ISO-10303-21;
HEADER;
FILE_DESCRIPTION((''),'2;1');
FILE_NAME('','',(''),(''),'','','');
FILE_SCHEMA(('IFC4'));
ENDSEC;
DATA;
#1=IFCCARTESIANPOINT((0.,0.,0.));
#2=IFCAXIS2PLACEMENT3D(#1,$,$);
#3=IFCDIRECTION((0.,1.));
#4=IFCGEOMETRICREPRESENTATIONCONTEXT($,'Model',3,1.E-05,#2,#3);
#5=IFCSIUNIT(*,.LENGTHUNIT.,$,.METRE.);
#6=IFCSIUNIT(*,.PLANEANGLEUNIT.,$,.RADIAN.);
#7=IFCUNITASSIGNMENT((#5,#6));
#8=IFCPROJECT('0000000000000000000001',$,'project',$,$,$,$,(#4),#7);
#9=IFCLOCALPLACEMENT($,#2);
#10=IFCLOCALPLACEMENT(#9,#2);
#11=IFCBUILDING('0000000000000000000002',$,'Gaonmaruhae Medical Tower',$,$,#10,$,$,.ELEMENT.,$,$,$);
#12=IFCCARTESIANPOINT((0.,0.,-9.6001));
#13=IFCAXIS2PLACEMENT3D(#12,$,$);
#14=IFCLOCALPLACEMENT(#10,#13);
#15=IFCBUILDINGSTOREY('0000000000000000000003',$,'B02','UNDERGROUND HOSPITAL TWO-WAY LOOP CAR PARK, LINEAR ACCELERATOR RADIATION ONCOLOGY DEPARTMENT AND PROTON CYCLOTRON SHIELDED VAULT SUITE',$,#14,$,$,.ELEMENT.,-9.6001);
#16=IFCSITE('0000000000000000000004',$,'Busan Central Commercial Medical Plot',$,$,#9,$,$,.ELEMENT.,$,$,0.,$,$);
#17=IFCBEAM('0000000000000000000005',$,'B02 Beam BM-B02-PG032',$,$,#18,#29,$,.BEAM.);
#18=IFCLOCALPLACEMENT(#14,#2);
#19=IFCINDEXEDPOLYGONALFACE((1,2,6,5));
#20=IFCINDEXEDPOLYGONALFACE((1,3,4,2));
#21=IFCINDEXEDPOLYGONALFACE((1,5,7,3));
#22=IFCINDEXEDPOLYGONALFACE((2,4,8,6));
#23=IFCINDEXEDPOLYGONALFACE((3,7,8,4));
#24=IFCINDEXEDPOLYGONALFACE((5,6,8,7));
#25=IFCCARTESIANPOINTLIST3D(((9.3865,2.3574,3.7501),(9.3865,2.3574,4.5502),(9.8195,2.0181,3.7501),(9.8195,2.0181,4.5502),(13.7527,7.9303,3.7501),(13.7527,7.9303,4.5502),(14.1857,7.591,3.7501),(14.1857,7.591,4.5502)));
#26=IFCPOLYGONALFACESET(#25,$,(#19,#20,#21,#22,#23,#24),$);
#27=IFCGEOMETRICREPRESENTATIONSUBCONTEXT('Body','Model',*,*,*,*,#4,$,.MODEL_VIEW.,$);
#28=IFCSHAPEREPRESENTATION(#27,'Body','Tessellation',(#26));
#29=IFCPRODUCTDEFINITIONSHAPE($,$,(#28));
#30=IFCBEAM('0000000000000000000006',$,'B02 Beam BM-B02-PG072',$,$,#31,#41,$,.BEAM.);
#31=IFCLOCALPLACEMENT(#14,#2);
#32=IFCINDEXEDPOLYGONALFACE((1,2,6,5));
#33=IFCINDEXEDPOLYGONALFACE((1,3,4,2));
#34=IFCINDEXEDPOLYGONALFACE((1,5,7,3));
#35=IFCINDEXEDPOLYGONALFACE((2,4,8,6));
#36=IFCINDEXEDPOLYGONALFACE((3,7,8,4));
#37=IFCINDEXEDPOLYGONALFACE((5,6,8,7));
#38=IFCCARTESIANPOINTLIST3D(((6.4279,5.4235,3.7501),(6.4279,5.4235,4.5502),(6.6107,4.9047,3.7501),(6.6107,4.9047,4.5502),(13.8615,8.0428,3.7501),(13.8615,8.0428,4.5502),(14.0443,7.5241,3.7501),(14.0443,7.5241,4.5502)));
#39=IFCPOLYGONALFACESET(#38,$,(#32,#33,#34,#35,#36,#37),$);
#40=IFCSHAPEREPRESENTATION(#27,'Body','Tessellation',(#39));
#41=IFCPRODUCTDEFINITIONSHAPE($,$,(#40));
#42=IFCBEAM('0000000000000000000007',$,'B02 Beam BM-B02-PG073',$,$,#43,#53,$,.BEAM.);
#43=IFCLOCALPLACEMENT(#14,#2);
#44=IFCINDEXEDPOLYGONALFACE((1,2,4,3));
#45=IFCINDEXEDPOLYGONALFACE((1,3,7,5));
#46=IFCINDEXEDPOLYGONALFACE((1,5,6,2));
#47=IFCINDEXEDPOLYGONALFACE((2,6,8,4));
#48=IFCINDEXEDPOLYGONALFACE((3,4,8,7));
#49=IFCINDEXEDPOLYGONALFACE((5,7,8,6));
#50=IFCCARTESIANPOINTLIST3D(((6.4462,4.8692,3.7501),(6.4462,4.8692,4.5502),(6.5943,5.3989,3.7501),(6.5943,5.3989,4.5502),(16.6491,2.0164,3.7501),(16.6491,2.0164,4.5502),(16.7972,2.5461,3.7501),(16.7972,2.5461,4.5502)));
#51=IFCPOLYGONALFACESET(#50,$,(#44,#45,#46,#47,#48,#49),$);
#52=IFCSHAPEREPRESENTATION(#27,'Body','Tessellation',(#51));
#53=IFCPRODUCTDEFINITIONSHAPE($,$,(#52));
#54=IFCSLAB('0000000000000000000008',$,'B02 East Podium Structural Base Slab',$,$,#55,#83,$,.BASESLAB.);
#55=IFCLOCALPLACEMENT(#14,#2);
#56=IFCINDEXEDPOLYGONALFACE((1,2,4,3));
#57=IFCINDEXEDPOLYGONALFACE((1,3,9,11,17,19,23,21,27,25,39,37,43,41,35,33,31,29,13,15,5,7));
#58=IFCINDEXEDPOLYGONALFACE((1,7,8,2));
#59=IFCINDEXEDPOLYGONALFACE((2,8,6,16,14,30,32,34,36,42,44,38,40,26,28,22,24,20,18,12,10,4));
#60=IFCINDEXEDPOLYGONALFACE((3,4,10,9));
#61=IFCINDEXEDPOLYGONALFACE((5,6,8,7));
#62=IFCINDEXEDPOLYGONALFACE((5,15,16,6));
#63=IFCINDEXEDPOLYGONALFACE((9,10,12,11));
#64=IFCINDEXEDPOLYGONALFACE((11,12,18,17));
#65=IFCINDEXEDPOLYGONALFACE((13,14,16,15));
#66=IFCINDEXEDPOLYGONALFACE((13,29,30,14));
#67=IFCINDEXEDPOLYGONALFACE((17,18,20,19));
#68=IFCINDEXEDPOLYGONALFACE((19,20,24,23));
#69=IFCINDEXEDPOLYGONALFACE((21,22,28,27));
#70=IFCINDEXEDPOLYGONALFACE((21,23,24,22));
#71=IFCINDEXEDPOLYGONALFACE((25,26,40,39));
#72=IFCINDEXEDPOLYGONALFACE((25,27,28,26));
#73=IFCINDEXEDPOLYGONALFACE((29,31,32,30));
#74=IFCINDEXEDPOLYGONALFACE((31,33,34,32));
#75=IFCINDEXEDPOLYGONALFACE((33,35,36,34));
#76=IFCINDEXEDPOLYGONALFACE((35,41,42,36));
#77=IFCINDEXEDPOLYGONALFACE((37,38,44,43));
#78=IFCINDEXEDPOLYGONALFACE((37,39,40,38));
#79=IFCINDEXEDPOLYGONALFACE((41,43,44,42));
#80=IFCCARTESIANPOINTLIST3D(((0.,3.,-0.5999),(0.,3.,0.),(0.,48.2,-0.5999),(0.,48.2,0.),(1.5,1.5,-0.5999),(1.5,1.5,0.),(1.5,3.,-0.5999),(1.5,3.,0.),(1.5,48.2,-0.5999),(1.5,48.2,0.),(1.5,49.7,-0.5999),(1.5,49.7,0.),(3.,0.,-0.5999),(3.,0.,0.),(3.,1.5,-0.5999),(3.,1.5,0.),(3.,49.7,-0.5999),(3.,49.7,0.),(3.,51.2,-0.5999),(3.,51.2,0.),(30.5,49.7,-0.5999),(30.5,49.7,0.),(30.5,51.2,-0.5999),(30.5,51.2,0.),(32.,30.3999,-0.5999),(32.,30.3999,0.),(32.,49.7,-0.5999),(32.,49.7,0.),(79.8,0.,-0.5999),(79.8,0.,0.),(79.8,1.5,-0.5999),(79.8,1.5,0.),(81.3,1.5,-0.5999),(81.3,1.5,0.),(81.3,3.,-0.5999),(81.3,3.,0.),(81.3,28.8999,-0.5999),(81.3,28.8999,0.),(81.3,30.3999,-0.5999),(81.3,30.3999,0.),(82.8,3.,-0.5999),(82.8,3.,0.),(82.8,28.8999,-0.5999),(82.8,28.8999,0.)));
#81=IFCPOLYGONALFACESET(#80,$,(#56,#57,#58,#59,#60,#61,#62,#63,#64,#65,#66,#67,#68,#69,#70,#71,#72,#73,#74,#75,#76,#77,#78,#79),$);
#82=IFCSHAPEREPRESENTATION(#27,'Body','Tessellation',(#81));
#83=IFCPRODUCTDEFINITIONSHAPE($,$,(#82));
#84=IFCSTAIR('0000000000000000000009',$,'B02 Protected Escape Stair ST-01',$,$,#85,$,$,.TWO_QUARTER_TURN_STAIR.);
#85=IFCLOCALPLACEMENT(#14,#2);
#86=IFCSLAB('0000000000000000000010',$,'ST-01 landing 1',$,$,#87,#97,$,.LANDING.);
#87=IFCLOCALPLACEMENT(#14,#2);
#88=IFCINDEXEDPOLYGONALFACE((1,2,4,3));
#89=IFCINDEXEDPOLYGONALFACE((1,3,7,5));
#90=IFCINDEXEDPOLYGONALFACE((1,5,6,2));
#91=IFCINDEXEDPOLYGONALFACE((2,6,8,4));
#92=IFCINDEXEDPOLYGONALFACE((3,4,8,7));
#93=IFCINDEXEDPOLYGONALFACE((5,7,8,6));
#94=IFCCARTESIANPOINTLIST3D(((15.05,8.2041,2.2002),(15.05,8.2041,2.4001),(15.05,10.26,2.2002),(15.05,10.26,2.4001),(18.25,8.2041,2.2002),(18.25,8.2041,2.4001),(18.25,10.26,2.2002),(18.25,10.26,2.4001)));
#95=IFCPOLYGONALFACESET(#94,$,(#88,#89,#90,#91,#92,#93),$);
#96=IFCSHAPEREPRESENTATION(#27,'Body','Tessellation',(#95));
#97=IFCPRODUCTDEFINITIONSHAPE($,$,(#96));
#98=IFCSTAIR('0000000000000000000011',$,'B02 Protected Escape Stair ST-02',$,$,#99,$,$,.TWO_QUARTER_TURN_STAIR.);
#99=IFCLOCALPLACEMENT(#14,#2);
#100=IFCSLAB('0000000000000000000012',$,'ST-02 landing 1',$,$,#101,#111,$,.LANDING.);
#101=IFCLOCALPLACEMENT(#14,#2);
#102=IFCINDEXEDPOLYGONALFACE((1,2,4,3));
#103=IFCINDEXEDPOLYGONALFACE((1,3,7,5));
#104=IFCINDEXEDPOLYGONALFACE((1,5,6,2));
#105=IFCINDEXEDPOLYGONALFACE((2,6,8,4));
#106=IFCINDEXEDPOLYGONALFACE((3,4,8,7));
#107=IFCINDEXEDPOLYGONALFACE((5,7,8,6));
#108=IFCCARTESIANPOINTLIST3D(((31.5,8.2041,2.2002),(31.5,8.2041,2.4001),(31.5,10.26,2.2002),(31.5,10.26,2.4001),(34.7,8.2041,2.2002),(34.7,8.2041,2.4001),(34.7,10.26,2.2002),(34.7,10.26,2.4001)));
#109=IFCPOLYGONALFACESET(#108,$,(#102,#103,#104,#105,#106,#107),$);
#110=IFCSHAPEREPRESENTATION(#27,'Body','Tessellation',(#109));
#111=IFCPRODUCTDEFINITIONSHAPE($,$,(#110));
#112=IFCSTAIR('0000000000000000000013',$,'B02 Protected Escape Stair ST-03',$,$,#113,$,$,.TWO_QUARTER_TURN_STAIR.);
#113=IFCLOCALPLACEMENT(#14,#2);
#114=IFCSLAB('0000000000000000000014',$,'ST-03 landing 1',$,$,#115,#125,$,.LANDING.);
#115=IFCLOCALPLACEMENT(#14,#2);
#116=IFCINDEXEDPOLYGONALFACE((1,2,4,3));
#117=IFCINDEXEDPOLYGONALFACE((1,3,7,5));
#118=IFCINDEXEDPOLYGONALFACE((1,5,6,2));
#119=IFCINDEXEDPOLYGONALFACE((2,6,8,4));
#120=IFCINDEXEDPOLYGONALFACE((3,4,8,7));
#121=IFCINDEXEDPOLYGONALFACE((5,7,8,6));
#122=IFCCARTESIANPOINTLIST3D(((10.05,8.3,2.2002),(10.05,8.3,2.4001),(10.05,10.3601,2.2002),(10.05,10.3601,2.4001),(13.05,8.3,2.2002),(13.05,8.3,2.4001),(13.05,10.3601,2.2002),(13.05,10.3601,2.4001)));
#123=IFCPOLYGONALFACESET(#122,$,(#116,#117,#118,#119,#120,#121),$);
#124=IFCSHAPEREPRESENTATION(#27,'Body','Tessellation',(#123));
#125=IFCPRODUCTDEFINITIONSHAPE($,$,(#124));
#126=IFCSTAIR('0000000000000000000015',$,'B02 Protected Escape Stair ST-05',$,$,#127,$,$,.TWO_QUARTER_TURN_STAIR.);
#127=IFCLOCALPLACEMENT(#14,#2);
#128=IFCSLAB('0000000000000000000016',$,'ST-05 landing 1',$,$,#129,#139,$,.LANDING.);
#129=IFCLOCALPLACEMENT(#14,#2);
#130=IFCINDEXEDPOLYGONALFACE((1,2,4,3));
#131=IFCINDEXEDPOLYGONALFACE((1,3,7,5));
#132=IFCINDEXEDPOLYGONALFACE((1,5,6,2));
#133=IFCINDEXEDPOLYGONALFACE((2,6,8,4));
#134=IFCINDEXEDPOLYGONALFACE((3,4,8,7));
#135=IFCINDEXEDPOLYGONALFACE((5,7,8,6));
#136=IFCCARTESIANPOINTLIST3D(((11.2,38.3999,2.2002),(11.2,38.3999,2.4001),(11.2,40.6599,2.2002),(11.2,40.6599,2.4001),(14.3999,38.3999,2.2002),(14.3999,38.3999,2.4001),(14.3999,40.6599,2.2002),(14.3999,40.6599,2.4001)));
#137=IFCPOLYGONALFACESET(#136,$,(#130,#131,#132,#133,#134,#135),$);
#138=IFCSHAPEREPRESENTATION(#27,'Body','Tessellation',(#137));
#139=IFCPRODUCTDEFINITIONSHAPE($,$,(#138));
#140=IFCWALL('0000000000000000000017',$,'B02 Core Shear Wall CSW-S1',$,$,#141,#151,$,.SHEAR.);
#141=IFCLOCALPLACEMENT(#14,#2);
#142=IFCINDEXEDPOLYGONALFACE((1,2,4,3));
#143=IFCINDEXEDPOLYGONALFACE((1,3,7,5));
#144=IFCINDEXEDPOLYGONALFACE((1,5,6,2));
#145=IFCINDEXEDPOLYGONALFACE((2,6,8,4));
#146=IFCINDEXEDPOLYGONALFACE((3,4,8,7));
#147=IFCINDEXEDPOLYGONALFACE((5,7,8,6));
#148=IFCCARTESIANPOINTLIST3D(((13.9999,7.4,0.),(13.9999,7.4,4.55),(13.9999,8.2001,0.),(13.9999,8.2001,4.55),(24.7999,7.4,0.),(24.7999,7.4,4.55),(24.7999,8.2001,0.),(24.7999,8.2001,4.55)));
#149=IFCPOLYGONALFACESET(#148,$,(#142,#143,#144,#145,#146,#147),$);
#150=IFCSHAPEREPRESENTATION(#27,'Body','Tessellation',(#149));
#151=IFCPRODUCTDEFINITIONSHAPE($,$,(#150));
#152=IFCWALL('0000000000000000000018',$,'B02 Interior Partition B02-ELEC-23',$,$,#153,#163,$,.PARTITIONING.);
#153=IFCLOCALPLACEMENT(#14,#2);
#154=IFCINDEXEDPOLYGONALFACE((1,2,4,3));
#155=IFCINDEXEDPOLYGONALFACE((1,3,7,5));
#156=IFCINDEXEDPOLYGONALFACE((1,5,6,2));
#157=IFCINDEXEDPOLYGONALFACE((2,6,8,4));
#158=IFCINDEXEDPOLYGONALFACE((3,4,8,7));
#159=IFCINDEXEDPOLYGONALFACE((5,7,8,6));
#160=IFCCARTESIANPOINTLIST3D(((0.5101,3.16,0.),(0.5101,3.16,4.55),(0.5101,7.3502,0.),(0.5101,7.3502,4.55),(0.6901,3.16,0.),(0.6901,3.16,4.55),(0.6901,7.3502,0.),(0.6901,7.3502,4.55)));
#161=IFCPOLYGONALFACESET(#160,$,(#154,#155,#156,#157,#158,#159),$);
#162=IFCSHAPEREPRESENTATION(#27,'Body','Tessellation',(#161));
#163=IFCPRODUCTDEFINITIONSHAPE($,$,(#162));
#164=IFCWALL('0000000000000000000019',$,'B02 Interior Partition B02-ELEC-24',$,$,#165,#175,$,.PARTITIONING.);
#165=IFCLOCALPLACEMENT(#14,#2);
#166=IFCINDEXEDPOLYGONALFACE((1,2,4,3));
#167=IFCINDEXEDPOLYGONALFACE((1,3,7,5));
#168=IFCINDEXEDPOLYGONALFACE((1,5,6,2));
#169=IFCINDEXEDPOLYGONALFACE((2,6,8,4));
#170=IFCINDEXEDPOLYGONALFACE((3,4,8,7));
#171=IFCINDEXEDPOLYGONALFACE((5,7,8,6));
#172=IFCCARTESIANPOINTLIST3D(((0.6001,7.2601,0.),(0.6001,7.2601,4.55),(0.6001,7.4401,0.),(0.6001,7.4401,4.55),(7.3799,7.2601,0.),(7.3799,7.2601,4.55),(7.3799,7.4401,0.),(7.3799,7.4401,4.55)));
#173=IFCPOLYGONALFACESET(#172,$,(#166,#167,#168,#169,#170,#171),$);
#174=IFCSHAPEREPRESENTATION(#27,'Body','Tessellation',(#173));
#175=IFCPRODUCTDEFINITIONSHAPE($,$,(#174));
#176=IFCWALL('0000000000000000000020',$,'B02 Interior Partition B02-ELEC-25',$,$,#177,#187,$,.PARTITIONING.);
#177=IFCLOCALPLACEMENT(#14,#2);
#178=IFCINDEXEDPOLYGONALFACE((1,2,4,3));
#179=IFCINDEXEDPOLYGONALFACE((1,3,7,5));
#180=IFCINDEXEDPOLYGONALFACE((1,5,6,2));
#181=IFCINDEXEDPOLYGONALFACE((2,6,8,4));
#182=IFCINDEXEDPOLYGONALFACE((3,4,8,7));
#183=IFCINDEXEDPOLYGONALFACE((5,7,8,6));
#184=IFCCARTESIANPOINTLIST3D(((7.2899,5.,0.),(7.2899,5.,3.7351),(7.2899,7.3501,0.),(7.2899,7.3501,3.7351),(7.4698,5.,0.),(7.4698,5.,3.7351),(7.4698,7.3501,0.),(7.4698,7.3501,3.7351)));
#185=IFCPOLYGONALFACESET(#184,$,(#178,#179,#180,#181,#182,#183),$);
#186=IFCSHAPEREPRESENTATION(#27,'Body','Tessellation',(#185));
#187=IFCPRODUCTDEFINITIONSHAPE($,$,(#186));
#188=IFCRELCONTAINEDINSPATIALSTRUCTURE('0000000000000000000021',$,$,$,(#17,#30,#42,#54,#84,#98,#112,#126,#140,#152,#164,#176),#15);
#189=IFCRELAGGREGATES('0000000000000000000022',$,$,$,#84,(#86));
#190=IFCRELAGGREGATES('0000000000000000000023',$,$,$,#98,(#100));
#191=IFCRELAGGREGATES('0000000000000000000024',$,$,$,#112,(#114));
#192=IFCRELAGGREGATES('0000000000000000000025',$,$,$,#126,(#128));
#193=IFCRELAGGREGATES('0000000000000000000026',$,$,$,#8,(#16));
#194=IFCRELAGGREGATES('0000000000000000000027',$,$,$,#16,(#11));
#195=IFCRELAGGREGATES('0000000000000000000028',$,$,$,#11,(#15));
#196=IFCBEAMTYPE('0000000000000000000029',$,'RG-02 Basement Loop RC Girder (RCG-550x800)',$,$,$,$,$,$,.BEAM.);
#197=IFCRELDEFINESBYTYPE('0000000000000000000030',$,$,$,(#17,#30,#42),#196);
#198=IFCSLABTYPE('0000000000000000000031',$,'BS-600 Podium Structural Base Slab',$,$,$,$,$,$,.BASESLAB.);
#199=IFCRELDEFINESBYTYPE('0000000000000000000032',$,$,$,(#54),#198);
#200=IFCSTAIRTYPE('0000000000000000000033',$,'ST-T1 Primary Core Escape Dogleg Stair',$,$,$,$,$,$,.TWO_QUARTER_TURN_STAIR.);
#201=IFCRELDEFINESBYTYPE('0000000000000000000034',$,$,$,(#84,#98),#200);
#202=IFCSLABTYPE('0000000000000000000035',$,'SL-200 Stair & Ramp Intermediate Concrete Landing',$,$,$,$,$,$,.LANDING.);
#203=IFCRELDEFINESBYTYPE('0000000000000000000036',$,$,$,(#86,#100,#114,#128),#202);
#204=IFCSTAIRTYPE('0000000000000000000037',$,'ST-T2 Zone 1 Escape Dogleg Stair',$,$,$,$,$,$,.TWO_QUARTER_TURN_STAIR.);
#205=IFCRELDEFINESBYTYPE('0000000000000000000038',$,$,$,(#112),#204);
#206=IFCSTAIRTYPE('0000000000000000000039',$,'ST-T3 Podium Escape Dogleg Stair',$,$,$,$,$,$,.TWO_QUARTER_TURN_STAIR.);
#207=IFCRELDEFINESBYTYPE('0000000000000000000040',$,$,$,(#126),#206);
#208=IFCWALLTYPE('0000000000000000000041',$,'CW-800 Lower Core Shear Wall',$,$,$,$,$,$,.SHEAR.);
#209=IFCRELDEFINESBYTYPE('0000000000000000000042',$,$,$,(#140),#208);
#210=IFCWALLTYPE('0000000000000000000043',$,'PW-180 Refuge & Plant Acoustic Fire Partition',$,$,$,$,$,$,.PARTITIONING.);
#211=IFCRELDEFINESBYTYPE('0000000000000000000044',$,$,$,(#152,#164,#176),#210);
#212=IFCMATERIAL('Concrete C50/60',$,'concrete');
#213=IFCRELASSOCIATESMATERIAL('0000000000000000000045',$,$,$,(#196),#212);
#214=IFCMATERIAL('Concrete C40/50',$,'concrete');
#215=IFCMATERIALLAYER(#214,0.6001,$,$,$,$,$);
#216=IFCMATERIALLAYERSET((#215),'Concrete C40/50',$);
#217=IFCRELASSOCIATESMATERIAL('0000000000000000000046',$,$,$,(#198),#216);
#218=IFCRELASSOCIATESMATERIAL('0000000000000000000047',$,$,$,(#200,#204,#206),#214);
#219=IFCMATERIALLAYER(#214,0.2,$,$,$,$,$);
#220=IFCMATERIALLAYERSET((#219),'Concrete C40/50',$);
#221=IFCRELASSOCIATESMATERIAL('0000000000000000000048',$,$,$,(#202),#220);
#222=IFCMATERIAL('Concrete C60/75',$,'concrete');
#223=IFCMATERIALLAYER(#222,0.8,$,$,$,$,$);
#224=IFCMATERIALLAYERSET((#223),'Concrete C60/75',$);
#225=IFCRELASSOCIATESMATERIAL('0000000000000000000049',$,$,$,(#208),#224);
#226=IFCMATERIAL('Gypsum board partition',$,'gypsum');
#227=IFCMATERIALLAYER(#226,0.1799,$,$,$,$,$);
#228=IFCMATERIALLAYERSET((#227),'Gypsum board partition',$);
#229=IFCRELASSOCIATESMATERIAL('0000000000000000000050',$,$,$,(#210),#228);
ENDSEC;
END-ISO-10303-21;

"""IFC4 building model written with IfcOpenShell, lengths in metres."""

from ifc_helpers import new_model, si_unit, direction, frame, frame_2d, origin, origin_2d, place, context, subcontext, project, spatial, polyline, rectangle, outline, extrude, material, layer, layer_set, material_profile, profile_set, type_object, element, aggregate, save


model = new_model("IFC4")

# Units and contexts
model_context = context("Model", 3, precision=1e-05, world=origin(), true_north=direction((0.0, 1.0)))
body_context = subcontext(model_context, "Body", "Model", "MODEL_VIEW")
ifc_project = project(units=[si_unit("LENGTHUNIT", "METRE"), si_unit("PLANEANGLEUNIT", "RADIAN")], contexts=[model_context])

# Site, building, storey
site_placement = place(None, origin())
site = spatial("IfcSite", under=ifc_project, at=site_placement, Name="Busan Central Commercial Medical Plot", CompositionType="ELEMENT", RefElevation=0.0)
building_placement = place(site_placement, origin())
building = spatial("IfcBuilding", under=site, at=building_placement, Name="Gaonmaruhae Medical Tower", CompositionType="ELEMENT")
storey_placement = place(building_placement, frame((0.0, 0.0, -9.6001)))
storey = spatial("IfcBuildingStorey", under=building, at=storey_placement, Name="B02", Description="UNDERGROUND HOSPITAL TWO-WAY LOOP CAR PARK, LINEAR ACCELERATOR RADIATION ONCOLOGY DEPARTMENT AND PROTON CYCLOTRON SHIELDED VAULT SUITE", CompositionType="ELEMENT", Elevation=-9.6001)

# Shared definitions
ifc_material_1 = material(Name="Concrete C50/60", Category="concrete")

# Shared definitions
ifc_material_2 = material(Name="Concrete C60/75", Category="concrete")

# Beams
ifc_material_profile_1 = material_profile(ifc_material_1, rectangle(XDim=0.55, YDim=0.8, at=origin_2d()), Name="RCG-550x800")
ifc_profile_set_1 = profile_set([ifc_material_profile_1], Name="Concrete C50/60")
beam_type = type_object("IfcBeamType", Name="RG-02 Basement Loop RC Girder (RCG-550x800)", PredefinedType="BEAM", material=ifc_profile_set_1)
beam_1_placement = place(storey_placement, frame((9.603, 2.1877, 4.1501), z_axis=(0.616723, 0.78718, 0.0), x_axis=(-0.78718, 0.616723, 0.0)))
element("IfcBeam", 1, at=beam_1_placement, inside=storey, type_object=beam_type, Name="B02 Beam BM-B02-PG032", PredefinedType="BEAM", context=body_context, shape_type="SweptSolid", body=[
    extrude(rectangle(XDim=0.55, YDim=0.8, at=origin_2d()), origin(), (0.0, 0.0, 1.0), 7.0796),
])
beam_2_placement = place(storey_placement, frame((6.5193, 5.1641, 4.1501), z_axis=(0.943159, 0.332342, 0.0), x_axis=(-0.332342, 0.943159, 0.0)))
element("IfcBeam", 2, at=beam_2_placement, inside=storey, type_object=beam_type, Name="B02 Beam BM-B02-PG072", PredefinedType="BEAM", context=body_context, shape_type="SweptSolid", body=[
    extrude(rectangle(XDim=0.55, YDim=0.8, at=origin_2d()), origin(), (0.0, 0.0, 1.0), 7.8816),
])
beam_3_placement = place(storey_placement, frame((6.5203, 5.134, 4.1501), z_axis=(0.963063, -0.269278, 0.0), x_axis=(0.269278, 0.963063, 0.0)))
element("IfcBeam", 3, at=beam_3_placement, inside=storey, type_object=beam_type, Name="B02 Beam BM-B02-PG073", PredefinedType="BEAM", context=body_context, shape_type="SweptSolid", body=[
    extrude(rectangle(XDim=0.55, YDim=0.8, at=origin_2d()), origin(), (0.0, 0.0, 1.0), 10.5942),
])

# Slab
ifc_material_3 = material(Name="Concrete C40/50", Category="concrete")
ifc_layer_1 = layer(ifc_material_3, 0.6001)
ifc_layer_set_1 = layer_set([ifc_layer_1], Name="Concrete C40/50")
slab_type_1 = type_object("IfcSlabType", Name="BS-600 Podium Structural Base Slab", PredefinedType="BASESLAB", material=ifc_layer_set_1)
slab_1_placement = place(storey_placement, frame((0.0, 0.0, -0.5999)))
element("IfcSlab", 4, at=slab_1_placement, inside=storey, type_object=slab_type_1, Name="B02 East Podium Structural Base Slab", PredefinedType="BASESLAB", context=body_context, shape_type="SweptSolid", body=[
    extrude(outline(polyline([(3.0, 0.0), (79.8, 0.0), (79.8, 1.5), (81.3, 1.5), (81.3, 3.0), (82.8, 3.0), (82.8, 28.8999), (81.3, 28.8999), (81.3, 30.3999), (32.0, 30.3999), (32.0, 49.7), (30.5, 49.7), (30.5, 51.2), (3.0, 51.2), (3.0, 49.7), (1.5, 49.7), (1.5, 48.2), (0.0, 48.2), (0.0, 3.0), (1.5, 3.0), (1.5, 1.5), (3.0, 1.5), (3.0, 0.0)])), origin(), (0.0, 0.0, 1.0), 0.5999),
])

# Stairs, slabs
stair_type_1 = type_object("IfcStairType", Name="ST-T1 Primary Core Escape Dogleg Stair", PredefinedType="TWO_QUARTER_TURN_STAIR", material=ifc_material_3)
stair_1_placement = place(storey_placement, origin())
stair_1 = element("IfcStair", 5, at=stair_1_placement, inside=storey, type_object=stair_type_1, Name="B02 Protected Escape Stair ST-01", PredefinedType="TWO_QUARTER_TURN_STAIR")
ifc_layer_2 = layer(ifc_material_3, 0.2)
ifc_layer_set_2 = layer_set([ifc_layer_2], Name="Concrete C40/50")
slab_type_2 = type_object("IfcSlabType", Name="SL-200 Stair & Ramp Intermediate Concrete Landing", PredefinedType="LANDING", material=ifc_layer_set_2)
slab_2_placement = place(storey_placement, frame((0.0, 0.0, 2.2002)))
slab_2 = element("IfcSlab", 6, at=slab_2_placement, type_object=slab_type_2, Name="ST-01 landing 1", PredefinedType="LANDING", context=body_context, shape_type="SweptSolid", body=[
    extrude(outline(polyline([(15.05, 10.26), (15.05, 8.2041), (18.25, 8.2041), (18.25, 10.26), (15.05, 10.26)])), origin(), (0.0, 0.0, 1.0), 0.2),
])
aggregate(stair_1, [slab_2])
stair_2_placement = place(storey_placement, origin())
stair_2 = element("IfcStair", 7, at=stair_2_placement, inside=storey, type_object=stair_type_1, Name="B02 Protected Escape Stair ST-02", PredefinedType="TWO_QUARTER_TURN_STAIR")
slab_3_placement = place(storey_placement, frame((0.0, 0.0, 2.2002)))
slab_3 = element("IfcSlab", 8, at=slab_3_placement, type_object=slab_type_2, Name="ST-02 landing 1", PredefinedType="LANDING", context=body_context, shape_type="SweptSolid", body=[
    extrude(outline(polyline([(31.5, 10.26), (31.5, 8.2041), (34.7, 8.2041), (34.7, 10.26), (31.5, 10.26)])), origin(), (0.0, 0.0, 1.0), 0.2),
])
aggregate(stair_2, [slab_3])
stair_type_2 = type_object("IfcStairType", Name="ST-T2 Zone 1 Escape Dogleg Stair", PredefinedType="TWO_QUARTER_TURN_STAIR", material=ifc_material_3)
stair_3_placement = place(storey_placement, origin())
stair_3 = element("IfcStair", 9, at=stair_3_placement, inside=storey, type_object=stair_type_2, Name="B02 Protected Escape Stair ST-03", PredefinedType="TWO_QUARTER_TURN_STAIR")
slab_4_placement = place(storey_placement, frame((0.0, 0.0, 2.2002)))
slab_4 = element("IfcSlab", 10, at=slab_4_placement, type_object=slab_type_2, Name="ST-03 landing 1", PredefinedType="LANDING", context=body_context, shape_type="SweptSolid", body=[
    extrude(outline(polyline([(10.05, 10.3601), (10.05, 8.3), (13.05, 8.3), (13.05, 10.3601), (10.05, 10.3601)])), origin(), (0.0, 0.0, 1.0), 0.2),
])
aggregate(stair_3, [slab_4])
stair_type_3 = type_object("IfcStairType", Name="ST-T3 Podium Escape Dogleg Stair", PredefinedType="TWO_QUARTER_TURN_STAIR", material=ifc_material_3)
stair_4_placement = place(storey_placement, origin())
stair_4 = element("IfcStair", 11, at=stair_4_placement, inside=storey, type_object=stair_type_3, Name="B02 Protected Escape Stair ST-05", PredefinedType="TWO_QUARTER_TURN_STAIR")
slab_5_placement = place(storey_placement, frame((0.0, 0.0, 2.2002)))
slab_5 = element("IfcSlab", 12, at=slab_5_placement, type_object=slab_type_2, Name="ST-05 landing 1", PredefinedType="LANDING", context=body_context, shape_type="SweptSolid", body=[
    extrude(outline(polyline([(11.2, 40.6599), (11.2, 38.3999), (14.3999, 38.3999), (14.3999, 40.6599), (11.2, 40.6599)])), origin(), (0.0, 0.0, 1.0), 0.2),
])
aggregate(stair_4, [slab_5])

# Walls
ifc_layer_3 = layer(ifc_material_2, 0.8)
ifc_layer_set_3 = layer_set([ifc_layer_3], Name="Concrete C60/75")
wall_type_1 = type_object("IfcWallType", Name="CW-800 Lower Core Shear Wall", PredefinedType="SHEAR", material=ifc_layer_set_3)
wall_1_placement = place(storey_placement, frame((14.0, 7.8, 0.0), z_axis=(0.0, 0.0, 1.0), x_axis=(1.0, 0.0, 0.0)))
element("IfcWall", 13, at=wall_1_placement, inside=storey, type_object=wall_type_1, Name="B02 Core Shear Wall CSW-S1", PredefinedType="SHEAR", context=body_context, shape_type="SweptSolid", body=[
    extrude(rectangle(XDim=10.8, YDim=0.8, at=frame_2d((5.3999, 0.0))), origin(), (0.0, 0.0, 1.0), 4.55),
])
ifc_material_4 = material(Name="Gypsum board partition", Category="gypsum")
ifc_layer_4 = layer(ifc_material_4, 0.1799)
ifc_layer_set_4 = layer_set([ifc_layer_4], Name="Gypsum board partition")
wall_type_2 = type_object("IfcWallType", Name="PW-180 Refuge & Plant Acoustic Fire Partition", PredefinedType="PARTITIONING", material=ifc_layer_set_4)
wall_2_placement = place(storey_placement, frame((0.6001, 3.1599, 0.0), z_axis=(0.0, 0.0, 1.0), x_axis=(0.0, 1.0, 0.0)))
element("IfcWall", 14, at=wall_2_placement, inside=storey, type_object=wall_type_2, Name="B02 Interior Partition B02-ELEC-23", PredefinedType="PARTITIONING", context=body_context, shape_type="SweptSolid", body=[
    extrude(rectangle(XDim=4.1902, YDim=0.1799, at=frame_2d((2.0952, 0.0))), origin(), (0.0, 0.0, 1.0), 4.55),
])
wall_3_placement = place(storey_placement, frame((0.6001, 7.3501, 0.0), z_axis=(0.0, 0.0, 1.0), x_axis=(1.0, 0.0, 0.0)))
element("IfcWall", 15, at=wall_3_placement, inside=storey, type_object=wall_type_2, Name="B02 Interior Partition B02-ELEC-24", PredefinedType="PARTITIONING", context=body_context, shape_type="SweptSolid", body=[
    extrude(rectangle(XDim=6.7798, YDim=0.1799, at=frame_2d((3.3899, 0.0))), origin(), (0.0, 0.0, 1.0), 4.55),
])
wall_4_placement = place(storey_placement, frame((7.3799, 7.3501, 0.0), z_axis=(0.0, 0.0, 1.0), x_axis=(0.0, -1.0, 0.0)))
element("IfcWall", 16, at=wall_4_placement, inside=storey, type_object=wall_type_2, Name="B02 Interior Partition B02-ELEC-25", PredefinedType="PARTITIONING", context=body_context, shape_type="SweptSolid", body=[
    extrude(rectangle(XDim=2.3501, YDim=0.1799, at=frame_2d((1.175, 0.0))), origin(), (0.0, 0.0, 1.0), 3.7351),
])

save(model, "model.ifc")
